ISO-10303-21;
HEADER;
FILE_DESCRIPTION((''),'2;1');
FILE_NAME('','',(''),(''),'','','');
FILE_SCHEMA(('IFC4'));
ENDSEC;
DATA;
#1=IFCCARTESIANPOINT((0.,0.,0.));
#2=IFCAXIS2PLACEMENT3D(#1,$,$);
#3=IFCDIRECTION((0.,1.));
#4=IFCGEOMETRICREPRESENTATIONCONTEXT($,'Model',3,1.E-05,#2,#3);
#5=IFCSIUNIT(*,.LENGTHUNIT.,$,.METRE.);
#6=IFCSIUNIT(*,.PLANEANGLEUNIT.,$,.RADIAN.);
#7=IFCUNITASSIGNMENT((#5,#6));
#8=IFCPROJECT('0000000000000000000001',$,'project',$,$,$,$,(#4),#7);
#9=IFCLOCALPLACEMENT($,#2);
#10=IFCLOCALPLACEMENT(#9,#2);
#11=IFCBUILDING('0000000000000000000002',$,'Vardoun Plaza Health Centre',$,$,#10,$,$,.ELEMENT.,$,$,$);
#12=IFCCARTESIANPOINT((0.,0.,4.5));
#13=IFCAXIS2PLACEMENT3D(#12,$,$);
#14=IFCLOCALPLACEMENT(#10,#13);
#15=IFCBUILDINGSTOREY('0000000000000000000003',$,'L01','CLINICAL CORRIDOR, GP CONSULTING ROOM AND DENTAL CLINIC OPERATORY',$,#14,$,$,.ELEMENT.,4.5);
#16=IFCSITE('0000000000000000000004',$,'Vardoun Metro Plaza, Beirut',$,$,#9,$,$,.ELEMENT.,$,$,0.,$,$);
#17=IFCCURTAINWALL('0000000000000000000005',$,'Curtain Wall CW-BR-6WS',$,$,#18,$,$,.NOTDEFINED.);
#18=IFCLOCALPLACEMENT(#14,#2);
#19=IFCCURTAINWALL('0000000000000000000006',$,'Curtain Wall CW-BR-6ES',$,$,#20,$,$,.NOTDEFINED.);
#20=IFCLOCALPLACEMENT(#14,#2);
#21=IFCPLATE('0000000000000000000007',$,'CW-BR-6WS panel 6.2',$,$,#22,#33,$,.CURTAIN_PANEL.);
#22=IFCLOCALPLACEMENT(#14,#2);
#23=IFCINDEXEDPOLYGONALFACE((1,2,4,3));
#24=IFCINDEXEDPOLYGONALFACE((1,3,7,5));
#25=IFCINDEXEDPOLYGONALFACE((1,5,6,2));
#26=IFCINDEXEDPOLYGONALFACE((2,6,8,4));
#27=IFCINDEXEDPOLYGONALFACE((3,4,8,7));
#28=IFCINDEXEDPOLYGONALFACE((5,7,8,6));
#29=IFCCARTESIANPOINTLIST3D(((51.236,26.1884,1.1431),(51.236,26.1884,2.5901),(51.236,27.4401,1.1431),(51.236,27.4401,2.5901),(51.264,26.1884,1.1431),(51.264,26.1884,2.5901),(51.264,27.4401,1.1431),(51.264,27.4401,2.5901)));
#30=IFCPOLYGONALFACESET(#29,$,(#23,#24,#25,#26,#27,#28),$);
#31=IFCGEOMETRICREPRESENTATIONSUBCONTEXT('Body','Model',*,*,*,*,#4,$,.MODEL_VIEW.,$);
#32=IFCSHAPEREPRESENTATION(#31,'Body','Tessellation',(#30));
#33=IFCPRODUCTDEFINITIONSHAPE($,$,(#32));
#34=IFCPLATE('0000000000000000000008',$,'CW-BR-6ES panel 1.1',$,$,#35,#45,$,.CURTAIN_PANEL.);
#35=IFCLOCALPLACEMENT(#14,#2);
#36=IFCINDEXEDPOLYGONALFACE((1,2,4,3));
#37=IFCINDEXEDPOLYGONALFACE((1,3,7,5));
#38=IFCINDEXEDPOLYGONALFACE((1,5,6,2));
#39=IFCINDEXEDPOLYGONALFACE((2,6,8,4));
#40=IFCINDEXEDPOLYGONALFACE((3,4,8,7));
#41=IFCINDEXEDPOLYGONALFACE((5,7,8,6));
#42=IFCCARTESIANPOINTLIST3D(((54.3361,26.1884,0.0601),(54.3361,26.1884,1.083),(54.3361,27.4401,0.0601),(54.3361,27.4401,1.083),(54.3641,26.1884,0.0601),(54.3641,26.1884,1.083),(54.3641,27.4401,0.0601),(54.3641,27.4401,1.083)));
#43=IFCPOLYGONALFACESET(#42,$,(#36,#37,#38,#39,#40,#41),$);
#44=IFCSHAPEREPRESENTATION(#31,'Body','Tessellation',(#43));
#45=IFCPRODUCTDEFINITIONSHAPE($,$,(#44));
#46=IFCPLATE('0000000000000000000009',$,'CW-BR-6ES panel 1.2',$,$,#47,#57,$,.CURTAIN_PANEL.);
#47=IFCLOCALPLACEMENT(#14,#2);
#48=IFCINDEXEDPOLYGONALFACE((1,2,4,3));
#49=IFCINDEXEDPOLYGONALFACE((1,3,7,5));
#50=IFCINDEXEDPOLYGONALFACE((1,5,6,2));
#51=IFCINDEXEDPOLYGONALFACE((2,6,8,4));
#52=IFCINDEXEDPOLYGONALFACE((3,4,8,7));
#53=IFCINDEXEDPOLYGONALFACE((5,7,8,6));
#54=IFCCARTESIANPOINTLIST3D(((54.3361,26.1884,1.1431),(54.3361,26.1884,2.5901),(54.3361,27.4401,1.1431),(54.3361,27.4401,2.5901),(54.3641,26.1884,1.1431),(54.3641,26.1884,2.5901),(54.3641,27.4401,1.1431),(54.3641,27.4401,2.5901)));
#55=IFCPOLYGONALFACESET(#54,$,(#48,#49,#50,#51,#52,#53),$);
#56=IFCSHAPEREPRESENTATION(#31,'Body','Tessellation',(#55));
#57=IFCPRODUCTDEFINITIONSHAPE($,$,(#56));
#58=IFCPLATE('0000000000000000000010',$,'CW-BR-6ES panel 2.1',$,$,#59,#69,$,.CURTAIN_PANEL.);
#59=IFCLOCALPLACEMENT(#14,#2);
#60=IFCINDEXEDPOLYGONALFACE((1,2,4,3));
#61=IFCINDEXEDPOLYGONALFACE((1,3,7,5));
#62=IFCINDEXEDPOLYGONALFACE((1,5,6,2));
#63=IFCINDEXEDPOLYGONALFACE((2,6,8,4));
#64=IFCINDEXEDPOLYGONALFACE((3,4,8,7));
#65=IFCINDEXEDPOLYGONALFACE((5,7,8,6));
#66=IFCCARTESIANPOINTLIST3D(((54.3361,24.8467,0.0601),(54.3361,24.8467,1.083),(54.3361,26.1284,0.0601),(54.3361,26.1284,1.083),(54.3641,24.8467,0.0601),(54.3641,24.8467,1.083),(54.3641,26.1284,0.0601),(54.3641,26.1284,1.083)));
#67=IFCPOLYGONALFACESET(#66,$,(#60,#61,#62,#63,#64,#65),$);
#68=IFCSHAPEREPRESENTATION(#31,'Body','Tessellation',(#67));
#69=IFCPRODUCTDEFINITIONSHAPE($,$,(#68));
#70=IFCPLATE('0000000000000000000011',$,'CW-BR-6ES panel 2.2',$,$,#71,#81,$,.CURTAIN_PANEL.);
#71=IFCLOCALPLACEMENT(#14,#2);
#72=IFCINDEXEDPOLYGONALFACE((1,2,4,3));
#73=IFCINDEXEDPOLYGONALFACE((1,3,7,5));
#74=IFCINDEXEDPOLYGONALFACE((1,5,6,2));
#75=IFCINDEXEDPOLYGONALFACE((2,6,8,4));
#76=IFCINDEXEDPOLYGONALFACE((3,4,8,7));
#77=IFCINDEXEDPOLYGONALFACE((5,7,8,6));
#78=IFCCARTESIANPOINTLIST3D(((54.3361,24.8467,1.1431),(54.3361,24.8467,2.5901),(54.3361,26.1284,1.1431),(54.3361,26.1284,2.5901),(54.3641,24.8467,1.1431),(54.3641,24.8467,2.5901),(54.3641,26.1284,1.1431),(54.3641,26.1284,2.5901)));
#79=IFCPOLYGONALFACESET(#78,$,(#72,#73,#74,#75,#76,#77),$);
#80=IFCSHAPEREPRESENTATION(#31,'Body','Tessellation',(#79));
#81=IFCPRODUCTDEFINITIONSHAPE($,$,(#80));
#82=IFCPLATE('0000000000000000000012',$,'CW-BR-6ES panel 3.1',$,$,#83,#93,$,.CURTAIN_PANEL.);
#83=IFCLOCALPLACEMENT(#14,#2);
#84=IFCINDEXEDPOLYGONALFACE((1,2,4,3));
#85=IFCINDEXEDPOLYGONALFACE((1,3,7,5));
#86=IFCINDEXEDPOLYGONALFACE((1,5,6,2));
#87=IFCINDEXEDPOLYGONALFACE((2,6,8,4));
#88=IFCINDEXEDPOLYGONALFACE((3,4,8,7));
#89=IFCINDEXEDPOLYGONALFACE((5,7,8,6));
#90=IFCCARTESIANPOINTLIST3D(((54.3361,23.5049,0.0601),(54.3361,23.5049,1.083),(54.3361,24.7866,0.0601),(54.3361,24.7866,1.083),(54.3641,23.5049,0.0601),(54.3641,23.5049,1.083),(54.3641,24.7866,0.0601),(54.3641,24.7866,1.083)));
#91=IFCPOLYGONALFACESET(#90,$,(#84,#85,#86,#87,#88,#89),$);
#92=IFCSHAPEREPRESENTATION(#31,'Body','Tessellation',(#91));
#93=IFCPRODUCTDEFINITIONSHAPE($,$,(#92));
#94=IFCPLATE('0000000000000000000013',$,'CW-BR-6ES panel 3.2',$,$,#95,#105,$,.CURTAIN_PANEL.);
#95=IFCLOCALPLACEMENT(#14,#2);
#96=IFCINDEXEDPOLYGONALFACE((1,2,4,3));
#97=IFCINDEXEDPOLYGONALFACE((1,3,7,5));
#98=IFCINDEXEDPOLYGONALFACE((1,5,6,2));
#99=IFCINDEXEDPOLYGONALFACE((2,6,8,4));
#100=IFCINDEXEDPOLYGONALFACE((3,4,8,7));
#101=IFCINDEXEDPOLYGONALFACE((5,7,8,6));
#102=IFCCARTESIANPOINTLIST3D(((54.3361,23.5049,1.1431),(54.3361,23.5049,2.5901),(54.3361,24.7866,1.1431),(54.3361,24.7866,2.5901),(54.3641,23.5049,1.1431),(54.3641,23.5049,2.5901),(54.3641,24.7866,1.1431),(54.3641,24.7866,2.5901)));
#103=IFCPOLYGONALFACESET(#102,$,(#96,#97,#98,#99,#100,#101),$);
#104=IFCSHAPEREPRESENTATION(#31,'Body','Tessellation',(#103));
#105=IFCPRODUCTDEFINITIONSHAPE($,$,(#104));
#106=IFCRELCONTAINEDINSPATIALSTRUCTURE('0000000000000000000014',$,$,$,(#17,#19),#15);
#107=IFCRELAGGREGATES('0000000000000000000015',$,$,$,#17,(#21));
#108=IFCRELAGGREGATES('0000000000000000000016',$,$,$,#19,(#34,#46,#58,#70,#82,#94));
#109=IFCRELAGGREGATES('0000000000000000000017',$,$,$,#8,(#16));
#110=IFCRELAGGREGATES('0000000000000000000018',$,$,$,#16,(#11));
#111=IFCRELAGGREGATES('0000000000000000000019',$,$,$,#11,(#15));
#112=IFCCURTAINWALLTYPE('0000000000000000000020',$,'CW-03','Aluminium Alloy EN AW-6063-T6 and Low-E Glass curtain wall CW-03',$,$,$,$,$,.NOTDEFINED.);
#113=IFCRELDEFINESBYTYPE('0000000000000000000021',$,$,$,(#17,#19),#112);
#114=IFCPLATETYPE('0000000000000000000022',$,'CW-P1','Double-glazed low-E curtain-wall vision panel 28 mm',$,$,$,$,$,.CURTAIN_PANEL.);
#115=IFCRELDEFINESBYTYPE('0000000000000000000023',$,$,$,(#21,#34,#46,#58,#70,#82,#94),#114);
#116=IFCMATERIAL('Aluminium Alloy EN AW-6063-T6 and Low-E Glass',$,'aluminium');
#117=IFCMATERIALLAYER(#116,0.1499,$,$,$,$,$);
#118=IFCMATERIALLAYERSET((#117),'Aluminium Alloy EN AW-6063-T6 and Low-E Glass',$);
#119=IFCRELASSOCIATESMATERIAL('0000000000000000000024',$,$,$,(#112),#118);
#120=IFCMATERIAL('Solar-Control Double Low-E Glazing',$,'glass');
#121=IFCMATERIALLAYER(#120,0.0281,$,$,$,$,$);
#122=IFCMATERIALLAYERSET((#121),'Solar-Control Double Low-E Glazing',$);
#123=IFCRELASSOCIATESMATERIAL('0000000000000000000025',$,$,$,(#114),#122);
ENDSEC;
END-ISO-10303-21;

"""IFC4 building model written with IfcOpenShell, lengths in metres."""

from ifc_helpers import new_model, si_unit, direction, frame, origin, origin_2d, place, context, subcontext, project, spatial, rectangle, extrude, material, layer, layer_set, type_object, element, aggregate, save


model = new_model("IFC4")

# Units and contexts
model_context = context("Model", 3, precision=1e-05, world=origin(), true_north=direction((0.0, 1.0)))
body_context = subcontext(model_context, "Body", "Model", "MODEL_VIEW")
ifc_project = project(units=[si_unit("LENGTHUNIT", "METRE"), si_unit("PLANEANGLEUNIT", "RADIAN")], contexts=[model_context])

# Site, building, storey
site_placement = place(None, origin())
site = spatial("IfcSite", under=ifc_project, at=site_placement, Name="Vardoun Metro Plaza, Beirut", CompositionType="ELEMENT", RefElevation=0.0)
building_placement = place(site_placement, origin())
building = spatial("IfcBuilding", under=site, at=building_placement, Name="Vardoun Plaza Health Centre", CompositionType="ELEMENT")
storey_placement = place(building_placement, frame((0.0, 0.0, 4.5)))
storey = spatial("IfcBuildingStorey", under=building, at=storey_placement, Name="L01", Description="CLINICAL CORRIDOR, GP CONSULTING ROOM AND DENTAL CLINIC OPERATORY", CompositionType="ELEMENT", Elevation=4.5)

# Curtain wall
ifc_material_1 = material(Name="Aluminium Alloy EN AW-6063-T6 and Low-E Glass", Category="aluminium")
ifc_layer_1 = layer(ifc_material_1, 0.1499)
ifc_layer_set_1 = layer_set([ifc_layer_1], Name="Aluminium Alloy EN AW-6063-T6 and Low-E Glass")
curtain_wall_type = type_object("IfcCurtainWallType", Name="CW-03", Description="Aluminium Alloy EN AW-6063-T6 and Low-E Glass curtain wall CW-03", PredefinedType="NOTDEFINED", material=ifc_layer_set_1)
curtain_wall_1_placement = place(storey_placement, origin())
curtain_wall_1 = element("IfcCurtainWall", 1, at=curtain_wall_1_placement, inside=storey, type_object=curtain_wall_type, Name="Curtain Wall CW-BR-6WS", PredefinedType="NOTDEFINED")

# Curtain wall
curtain_wall_2_placement = place(storey_placement, origin())
curtain_wall_2 = element("IfcCurtainWall", 2, at=curtain_wall_2_placement, inside=storey, type_object=curtain_wall_type, Name="Curtain Wall CW-BR-6ES", PredefinedType="NOTDEFINED")

# Plates
ifc_material_2 = material(Name="Solar-Control Double Low-E Glazing", Category="glass")
ifc_layer_2 = layer(ifc_material_2, 0.0281)
ifc_layer_set_2 = layer_set([ifc_layer_2], Name="Solar-Control Double Low-E Glazing")
plate_type = type_object("IfcPlateType", Name="CW-P1", Description="Double-glazed low-E curtain-wall vision panel 28 mm", PredefinedType="CURTAIN_PANEL", material=ifc_layer_set_2)
plate_1_placement = place(storey_placement, frame((51.25, 26.8142, 1.1431), z_axis=(0.0, 0.0, 1.0), x_axis=(0.0, 1.0, 0.0)))
plate_1 = element("IfcPlate", 3, at=plate_1_placement, type_object=plate_type, Name="CW-BR-6WS panel 6.2", PredefinedType="CURTAIN_PANEL", context=body_context, shape_type="SweptSolid", body=[
    extrude(rectangle(XDim=1.2517, YDim=0.0281, at=origin_2d()), origin(), (0.0, 0.0, 1.0), 1.447),
])
aggregate(curtain_wall_1, [plate_1])
plate_2_placement = place(storey_placement, frame((54.3501, 26.8142, 0.0601), z_axis=(0.0, 0.0, 1.0), x_axis=(0.0, -1.0, 0.0)))
plate_2 = element("IfcPlate", 4, at=plate_2_placement, type_object=plate_type, Name="CW-BR-6ES panel 1.1", PredefinedType="CURTAIN_PANEL", context=body_context, shape_type="SweptSolid", body=[
    extrude(rectangle(XDim=1.2517, YDim=0.0281, at=origin_2d()), origin(), (0.0, 0.0, 1.0), 1.0229),
])
plate_3_placement = place(storey_placement, frame((54.3501, 26.8142, 1.1431), z_axis=(0.0, 0.0, 1.0), x_axis=(0.0, -1.0, 0.0)))
plate_3 = element("IfcPlate", 5, at=plate_3_placement, type_object=plate_type, Name="CW-BR-6ES panel 1.2", PredefinedType="CURTAIN_PANEL", context=body_context, shape_type="SweptSolid", body=[
    extrude(rectangle(XDim=1.2517, YDim=0.0281, at=origin_2d()), origin(), (0.0, 0.0, 1.0), 1.447),
])
plate_4_placement = place(storey_placement, frame((54.3501, 25.4875, 0.0601), z_axis=(0.0, 0.0, 1.0), x_axis=(0.0, -1.0, 0.0)))
plate_4 = element("IfcPlate", 6, at=plate_4_placement, type_object=plate_type, Name="CW-BR-6ES panel 2.1", PredefinedType="CURTAIN_PANEL", context=body_context, shape_type="SweptSolid", body=[
    extrude(rectangle(XDim=1.2817, YDim=0.0281, at=origin_2d()), origin(), (0.0, 0.0, 1.0), 1.0229),
])
plate_5_placement = place(storey_placement, frame((54.3501, 25.4875, 1.1431), z_axis=(0.0, 0.0, 1.0), x_axis=(0.0, -1.0, 0.0)))
plate_5 = element("IfcPlate", 7, at=plate_5_placement, type_object=plate_type, Name="CW-BR-6ES panel 2.2", PredefinedType="CURTAIN_PANEL", context=body_context, shape_type="SweptSolid", body=[
    extrude(rectangle(XDim=1.2817, YDim=0.0281, at=origin_2d()), origin(), (0.0, 0.0, 1.0), 1.447),
])
plate_6_placement = place(storey_placement, frame((54.3501, 24.1458, 0.0601), z_axis=(0.0, 0.0, 1.0), x_axis=(0.0, -1.0, 0.0)))
plate_6 = element("IfcPlate", 8, at=plate_6_placement, type_object=plate_type, Name="CW-BR-6ES panel 3.1", PredefinedType="CURTAIN_PANEL", context=body_context, shape_type="SweptSolid", body=[
    extrude(rectangle(XDim=1.2817, YDim=0.0281, at=origin_2d()), origin(), (0.0, 0.0, 1.0), 1.0229),
])
plate_7_placement = place(storey_placement, frame((54.3501, 24.1458, 1.1431), z_axis=(0.0, 0.0, 1.0), x_axis=(0.0, -1.0, 0.0)))
plate_7 = element("IfcPlate", 9, at=plate_7_placement, type_object=plate_type, Name="CW-BR-6ES panel 3.2", PredefinedType="CURTAIN_PANEL", context=body_context, shape_type="SweptSolid", body=[
    extrude(rectangle(XDim=1.2817, YDim=0.0281, at=origin_2d()), origin(), (0.0, 0.0, 1.0), 1.447),
])
aggregate(curtain_wall_2, [plate_2, plate_3, plate_4, plate_5, plate_6, plate_7])

save(model, "model.ifc")
